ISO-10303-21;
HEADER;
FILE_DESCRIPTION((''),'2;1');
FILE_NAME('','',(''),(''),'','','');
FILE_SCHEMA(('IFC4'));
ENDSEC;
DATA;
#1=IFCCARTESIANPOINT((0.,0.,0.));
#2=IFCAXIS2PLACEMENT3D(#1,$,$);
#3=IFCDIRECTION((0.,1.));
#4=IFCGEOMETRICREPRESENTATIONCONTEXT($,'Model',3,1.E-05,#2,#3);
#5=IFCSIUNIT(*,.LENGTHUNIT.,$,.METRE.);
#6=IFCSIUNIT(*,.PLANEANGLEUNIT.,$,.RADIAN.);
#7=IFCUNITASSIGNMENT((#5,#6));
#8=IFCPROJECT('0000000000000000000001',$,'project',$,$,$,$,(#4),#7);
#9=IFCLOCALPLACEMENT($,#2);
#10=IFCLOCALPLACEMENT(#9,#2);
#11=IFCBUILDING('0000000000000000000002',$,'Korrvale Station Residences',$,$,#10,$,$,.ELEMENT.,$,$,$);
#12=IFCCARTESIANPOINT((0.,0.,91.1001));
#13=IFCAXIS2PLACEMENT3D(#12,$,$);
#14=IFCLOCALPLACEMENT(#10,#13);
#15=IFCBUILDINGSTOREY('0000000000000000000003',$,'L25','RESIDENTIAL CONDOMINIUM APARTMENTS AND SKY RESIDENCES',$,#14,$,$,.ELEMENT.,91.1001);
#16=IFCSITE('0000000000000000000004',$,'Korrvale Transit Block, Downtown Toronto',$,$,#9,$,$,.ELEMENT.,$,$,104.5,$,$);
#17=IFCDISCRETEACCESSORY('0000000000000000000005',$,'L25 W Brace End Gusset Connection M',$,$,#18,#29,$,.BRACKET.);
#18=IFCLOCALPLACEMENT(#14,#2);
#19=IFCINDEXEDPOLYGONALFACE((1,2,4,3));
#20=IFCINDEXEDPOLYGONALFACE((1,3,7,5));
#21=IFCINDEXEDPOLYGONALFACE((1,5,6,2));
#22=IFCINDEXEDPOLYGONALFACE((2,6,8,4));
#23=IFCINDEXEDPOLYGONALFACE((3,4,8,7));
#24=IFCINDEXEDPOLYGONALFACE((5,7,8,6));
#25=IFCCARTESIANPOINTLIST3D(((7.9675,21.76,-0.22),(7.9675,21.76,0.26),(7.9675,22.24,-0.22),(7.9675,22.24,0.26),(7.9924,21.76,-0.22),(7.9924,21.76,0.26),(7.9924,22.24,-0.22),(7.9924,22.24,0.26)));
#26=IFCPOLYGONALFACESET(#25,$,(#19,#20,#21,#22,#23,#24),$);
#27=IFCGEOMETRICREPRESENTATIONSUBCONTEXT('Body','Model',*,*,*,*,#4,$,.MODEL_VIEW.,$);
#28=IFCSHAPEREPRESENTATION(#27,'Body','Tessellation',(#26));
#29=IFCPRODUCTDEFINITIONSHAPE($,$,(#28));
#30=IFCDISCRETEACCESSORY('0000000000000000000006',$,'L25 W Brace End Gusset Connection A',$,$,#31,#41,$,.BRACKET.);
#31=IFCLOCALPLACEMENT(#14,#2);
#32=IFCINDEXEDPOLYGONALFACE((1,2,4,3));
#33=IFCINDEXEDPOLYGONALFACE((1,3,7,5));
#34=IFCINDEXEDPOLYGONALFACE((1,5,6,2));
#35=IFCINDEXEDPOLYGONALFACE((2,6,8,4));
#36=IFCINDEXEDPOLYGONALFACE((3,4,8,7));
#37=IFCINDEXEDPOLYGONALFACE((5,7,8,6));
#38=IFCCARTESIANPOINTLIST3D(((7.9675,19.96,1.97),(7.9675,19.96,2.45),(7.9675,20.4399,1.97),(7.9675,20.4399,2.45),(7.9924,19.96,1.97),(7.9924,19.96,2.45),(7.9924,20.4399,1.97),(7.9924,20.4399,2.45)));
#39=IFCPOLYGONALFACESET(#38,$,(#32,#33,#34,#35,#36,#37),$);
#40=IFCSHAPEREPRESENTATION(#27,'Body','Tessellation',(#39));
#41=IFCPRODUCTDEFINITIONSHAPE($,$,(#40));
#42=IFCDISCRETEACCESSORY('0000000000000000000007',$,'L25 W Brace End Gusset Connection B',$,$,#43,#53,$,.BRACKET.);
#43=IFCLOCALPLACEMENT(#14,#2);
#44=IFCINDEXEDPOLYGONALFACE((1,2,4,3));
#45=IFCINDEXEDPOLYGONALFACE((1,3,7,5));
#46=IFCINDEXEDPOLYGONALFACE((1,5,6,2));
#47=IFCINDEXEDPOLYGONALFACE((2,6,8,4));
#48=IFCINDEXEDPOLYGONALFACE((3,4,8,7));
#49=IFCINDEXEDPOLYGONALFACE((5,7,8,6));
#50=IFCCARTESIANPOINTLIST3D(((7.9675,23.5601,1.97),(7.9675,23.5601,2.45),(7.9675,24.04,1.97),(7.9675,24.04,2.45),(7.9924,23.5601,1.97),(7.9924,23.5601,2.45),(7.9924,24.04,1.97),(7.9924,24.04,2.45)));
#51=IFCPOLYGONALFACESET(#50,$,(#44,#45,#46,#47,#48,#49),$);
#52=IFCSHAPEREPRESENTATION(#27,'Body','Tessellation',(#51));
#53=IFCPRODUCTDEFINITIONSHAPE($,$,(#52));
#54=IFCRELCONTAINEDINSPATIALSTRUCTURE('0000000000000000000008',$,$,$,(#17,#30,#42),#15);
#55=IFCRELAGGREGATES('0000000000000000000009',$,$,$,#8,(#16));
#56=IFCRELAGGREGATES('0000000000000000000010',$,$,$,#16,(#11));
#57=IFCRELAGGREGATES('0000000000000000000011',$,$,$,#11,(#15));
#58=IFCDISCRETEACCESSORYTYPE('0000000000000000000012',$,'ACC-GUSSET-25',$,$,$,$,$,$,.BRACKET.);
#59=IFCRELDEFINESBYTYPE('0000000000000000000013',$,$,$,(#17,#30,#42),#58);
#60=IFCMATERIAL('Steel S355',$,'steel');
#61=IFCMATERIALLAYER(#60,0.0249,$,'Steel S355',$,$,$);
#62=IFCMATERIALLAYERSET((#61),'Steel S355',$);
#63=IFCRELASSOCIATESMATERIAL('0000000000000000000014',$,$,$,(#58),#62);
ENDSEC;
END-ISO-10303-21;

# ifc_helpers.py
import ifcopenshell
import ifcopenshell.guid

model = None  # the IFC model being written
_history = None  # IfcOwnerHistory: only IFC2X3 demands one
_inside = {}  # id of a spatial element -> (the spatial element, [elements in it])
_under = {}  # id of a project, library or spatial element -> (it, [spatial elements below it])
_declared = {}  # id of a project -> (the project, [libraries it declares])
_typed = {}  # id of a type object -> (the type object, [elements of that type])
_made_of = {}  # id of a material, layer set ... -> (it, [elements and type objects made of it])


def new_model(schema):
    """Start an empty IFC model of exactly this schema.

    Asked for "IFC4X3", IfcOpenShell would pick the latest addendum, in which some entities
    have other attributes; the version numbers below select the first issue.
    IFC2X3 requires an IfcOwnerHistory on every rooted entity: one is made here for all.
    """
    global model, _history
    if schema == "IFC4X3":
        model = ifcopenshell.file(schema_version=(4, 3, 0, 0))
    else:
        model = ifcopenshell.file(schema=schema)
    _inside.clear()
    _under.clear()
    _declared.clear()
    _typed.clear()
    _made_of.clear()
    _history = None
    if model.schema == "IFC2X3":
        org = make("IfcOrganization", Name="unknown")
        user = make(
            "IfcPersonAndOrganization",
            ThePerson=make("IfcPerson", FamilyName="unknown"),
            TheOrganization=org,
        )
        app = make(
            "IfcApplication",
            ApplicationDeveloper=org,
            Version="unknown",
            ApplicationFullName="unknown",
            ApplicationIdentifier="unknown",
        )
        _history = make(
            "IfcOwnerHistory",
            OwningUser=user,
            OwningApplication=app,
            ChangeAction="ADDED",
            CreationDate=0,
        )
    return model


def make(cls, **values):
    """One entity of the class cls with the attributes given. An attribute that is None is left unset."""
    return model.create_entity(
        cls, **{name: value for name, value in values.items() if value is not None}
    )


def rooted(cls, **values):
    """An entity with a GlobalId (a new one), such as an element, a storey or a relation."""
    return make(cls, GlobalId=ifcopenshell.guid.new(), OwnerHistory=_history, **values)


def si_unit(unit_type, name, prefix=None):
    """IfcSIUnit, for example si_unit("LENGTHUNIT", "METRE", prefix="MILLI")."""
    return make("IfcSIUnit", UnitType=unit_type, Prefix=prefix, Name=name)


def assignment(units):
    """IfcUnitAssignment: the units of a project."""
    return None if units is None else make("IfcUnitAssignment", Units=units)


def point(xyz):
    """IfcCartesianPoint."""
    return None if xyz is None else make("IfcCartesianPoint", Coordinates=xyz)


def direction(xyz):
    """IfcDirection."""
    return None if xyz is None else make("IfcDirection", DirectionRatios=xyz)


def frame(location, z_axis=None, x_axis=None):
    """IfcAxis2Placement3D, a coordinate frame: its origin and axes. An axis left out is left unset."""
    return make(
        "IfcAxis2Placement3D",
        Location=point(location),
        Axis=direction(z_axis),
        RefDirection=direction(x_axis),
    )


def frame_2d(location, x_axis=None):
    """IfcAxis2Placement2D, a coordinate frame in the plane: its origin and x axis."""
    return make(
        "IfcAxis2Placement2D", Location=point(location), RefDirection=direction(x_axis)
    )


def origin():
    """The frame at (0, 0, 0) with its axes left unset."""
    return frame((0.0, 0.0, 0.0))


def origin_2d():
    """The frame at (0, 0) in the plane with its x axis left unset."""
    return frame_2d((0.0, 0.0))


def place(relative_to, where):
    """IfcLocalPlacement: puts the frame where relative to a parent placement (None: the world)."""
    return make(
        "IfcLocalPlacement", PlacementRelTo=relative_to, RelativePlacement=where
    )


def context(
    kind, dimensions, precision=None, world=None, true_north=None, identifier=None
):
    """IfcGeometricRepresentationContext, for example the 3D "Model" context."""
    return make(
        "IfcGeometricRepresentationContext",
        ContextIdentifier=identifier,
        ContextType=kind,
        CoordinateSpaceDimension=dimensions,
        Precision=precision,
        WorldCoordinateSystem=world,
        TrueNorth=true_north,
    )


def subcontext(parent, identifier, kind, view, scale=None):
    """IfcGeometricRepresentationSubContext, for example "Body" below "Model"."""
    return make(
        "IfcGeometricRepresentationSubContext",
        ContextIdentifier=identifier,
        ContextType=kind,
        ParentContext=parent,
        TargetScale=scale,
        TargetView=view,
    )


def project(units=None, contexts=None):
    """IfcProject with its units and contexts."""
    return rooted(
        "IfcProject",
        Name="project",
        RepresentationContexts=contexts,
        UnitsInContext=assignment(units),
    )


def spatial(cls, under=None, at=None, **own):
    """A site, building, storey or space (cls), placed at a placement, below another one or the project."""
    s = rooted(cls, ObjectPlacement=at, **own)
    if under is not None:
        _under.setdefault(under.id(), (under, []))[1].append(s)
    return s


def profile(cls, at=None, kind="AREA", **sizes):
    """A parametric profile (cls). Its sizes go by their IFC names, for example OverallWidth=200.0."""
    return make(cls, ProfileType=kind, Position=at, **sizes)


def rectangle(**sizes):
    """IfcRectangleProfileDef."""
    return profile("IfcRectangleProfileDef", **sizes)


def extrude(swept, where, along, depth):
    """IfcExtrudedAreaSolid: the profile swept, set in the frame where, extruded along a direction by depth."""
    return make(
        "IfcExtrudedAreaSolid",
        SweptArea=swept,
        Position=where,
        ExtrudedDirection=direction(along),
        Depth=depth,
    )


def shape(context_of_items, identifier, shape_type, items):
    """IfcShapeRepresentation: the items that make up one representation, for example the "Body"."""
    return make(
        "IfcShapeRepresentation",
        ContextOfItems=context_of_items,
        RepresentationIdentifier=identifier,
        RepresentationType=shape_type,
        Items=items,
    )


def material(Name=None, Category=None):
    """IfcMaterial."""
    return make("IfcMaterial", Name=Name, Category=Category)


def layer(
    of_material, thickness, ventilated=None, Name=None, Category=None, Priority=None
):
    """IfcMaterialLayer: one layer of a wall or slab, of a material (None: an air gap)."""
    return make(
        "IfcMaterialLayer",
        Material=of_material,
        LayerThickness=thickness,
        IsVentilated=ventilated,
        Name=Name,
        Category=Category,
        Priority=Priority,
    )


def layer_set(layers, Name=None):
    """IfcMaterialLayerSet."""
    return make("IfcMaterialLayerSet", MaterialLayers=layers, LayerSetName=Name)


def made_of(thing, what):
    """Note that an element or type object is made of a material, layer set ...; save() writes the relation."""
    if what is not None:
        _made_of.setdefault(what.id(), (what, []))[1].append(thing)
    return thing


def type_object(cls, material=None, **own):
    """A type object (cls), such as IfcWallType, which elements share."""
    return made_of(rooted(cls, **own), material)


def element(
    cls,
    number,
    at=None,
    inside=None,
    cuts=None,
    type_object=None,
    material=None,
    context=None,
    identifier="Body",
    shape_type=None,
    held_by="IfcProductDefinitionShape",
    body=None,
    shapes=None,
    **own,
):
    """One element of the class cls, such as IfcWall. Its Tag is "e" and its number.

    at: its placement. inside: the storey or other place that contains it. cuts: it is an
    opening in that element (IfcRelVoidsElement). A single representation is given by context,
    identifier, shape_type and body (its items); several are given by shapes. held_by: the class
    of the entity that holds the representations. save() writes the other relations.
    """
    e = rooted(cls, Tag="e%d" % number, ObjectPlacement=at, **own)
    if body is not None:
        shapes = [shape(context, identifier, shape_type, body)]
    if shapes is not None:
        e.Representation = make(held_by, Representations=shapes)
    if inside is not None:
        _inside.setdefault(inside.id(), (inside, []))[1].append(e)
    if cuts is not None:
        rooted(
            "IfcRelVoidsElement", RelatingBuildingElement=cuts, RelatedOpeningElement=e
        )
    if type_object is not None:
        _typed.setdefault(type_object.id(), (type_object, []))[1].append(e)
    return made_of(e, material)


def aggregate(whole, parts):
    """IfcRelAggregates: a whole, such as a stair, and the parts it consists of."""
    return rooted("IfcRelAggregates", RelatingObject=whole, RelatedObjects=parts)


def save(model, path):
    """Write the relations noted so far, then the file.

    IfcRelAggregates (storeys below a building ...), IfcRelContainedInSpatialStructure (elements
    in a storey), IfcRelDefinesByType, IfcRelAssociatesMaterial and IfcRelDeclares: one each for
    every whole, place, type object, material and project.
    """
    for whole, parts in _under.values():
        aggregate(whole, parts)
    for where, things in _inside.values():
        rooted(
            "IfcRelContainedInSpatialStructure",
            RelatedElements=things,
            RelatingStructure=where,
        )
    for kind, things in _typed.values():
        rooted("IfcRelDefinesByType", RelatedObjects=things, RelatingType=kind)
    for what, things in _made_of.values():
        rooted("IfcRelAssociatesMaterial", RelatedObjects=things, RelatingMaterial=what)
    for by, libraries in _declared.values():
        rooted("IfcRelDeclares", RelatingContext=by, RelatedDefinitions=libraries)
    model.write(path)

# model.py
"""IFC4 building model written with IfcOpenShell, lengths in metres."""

from ifc_helpers import new_model, si_unit, direction, frame, origin, origin_2d, place, context, subcontext, project, spatial, rectangle, extrude, material, layer, layer_set, type_object, element, save


model = new_model("IFC4")

# Units and contexts
model_context = context("Model", 3, precision=1e-05, world=origin(), true_north=direction((0.0, 1.0)))
body_context = subcontext(model_context, "Body", "Model", "MODEL_VIEW")
ifc_project = project(units=[si_unit("LENGTHUNIT", "METRE"), si_unit("PLANEANGLEUNIT", "RADIAN")], contexts=[model_context])

# Site, building, storey
site_placement = place(None, origin())
site = spatial("IfcSite", under=ifc_project, at=site_placement, Name="Korrvale Transit Block, Downtown Toronto", CompositionType="ELEMENT", RefElevation=104.5)
building_placement = place(site_placement, origin())
building = spatial("IfcBuilding", under=site, at=building_placement, Name="Korrvale Station Residences", CompositionType="ELEMENT")
storey_placement = place(building_placement, frame((0.0, 0.0, 91.1001)))
storey = spatial("IfcBuildingStorey", under=building, at=storey_placement, Name="L25", Description="RESIDENTIAL CONDOMINIUM APARTMENTS AND SKY RESIDENCES", CompositionType="ELEMENT", Elevation=91.1001)

# Shared definitions
ifc_material_1 = material(Name="Steel S355", Category="steel")

# Discrete accessories
ifc_layer_1 = layer(ifc_material_1, 0.0249, Name="Steel S355")
ifc_layer_set_1 = layer_set([ifc_layer_1], Name="Steel S355")
discrete_accessory_type = type_object("IfcDiscreteAccessoryType", Name="ACC-GUSSET-25", PredefinedType="BRACKET", material=ifc_layer_set_1)
for number, where, z_axis, x_axis, name in (
    (1, (7.98, 22.0, -0.22), (0.0, 0.0, 1.0), (0.0, 1.0, 0.0), "L25 W Brace End Gusset Connection M"),
    (2, (7.98, 20.2, 1.97), (0.0, 0.0, 1.0), (0.0, 1.0, 0.0), "L25 W Brace End Gusset Connection A"),
    (3, (7.98, 23.8, 1.97), (0.0, 0.0, 1.0), (0.0, 1.0, 0.0), "L25 W Brace End Gusset Connection B"),
):
    element("IfcDiscreteAccessory", number, at=place(storey_placement, frame(where, z_axis=z_axis, x_axis=x_axis)), inside=storey, type_object=discrete_accessory_type, Name=name, PredefinedType="BRACKET", context=body_context, shape_type="SweptSolid", body=[
        extrude(rectangle(XDim=0.48, YDim=0.0249, at=origin_2d()), origin(), (0.0, 0.0, 1.0), 0.48),
    ])

save(model, "model.ifc")
